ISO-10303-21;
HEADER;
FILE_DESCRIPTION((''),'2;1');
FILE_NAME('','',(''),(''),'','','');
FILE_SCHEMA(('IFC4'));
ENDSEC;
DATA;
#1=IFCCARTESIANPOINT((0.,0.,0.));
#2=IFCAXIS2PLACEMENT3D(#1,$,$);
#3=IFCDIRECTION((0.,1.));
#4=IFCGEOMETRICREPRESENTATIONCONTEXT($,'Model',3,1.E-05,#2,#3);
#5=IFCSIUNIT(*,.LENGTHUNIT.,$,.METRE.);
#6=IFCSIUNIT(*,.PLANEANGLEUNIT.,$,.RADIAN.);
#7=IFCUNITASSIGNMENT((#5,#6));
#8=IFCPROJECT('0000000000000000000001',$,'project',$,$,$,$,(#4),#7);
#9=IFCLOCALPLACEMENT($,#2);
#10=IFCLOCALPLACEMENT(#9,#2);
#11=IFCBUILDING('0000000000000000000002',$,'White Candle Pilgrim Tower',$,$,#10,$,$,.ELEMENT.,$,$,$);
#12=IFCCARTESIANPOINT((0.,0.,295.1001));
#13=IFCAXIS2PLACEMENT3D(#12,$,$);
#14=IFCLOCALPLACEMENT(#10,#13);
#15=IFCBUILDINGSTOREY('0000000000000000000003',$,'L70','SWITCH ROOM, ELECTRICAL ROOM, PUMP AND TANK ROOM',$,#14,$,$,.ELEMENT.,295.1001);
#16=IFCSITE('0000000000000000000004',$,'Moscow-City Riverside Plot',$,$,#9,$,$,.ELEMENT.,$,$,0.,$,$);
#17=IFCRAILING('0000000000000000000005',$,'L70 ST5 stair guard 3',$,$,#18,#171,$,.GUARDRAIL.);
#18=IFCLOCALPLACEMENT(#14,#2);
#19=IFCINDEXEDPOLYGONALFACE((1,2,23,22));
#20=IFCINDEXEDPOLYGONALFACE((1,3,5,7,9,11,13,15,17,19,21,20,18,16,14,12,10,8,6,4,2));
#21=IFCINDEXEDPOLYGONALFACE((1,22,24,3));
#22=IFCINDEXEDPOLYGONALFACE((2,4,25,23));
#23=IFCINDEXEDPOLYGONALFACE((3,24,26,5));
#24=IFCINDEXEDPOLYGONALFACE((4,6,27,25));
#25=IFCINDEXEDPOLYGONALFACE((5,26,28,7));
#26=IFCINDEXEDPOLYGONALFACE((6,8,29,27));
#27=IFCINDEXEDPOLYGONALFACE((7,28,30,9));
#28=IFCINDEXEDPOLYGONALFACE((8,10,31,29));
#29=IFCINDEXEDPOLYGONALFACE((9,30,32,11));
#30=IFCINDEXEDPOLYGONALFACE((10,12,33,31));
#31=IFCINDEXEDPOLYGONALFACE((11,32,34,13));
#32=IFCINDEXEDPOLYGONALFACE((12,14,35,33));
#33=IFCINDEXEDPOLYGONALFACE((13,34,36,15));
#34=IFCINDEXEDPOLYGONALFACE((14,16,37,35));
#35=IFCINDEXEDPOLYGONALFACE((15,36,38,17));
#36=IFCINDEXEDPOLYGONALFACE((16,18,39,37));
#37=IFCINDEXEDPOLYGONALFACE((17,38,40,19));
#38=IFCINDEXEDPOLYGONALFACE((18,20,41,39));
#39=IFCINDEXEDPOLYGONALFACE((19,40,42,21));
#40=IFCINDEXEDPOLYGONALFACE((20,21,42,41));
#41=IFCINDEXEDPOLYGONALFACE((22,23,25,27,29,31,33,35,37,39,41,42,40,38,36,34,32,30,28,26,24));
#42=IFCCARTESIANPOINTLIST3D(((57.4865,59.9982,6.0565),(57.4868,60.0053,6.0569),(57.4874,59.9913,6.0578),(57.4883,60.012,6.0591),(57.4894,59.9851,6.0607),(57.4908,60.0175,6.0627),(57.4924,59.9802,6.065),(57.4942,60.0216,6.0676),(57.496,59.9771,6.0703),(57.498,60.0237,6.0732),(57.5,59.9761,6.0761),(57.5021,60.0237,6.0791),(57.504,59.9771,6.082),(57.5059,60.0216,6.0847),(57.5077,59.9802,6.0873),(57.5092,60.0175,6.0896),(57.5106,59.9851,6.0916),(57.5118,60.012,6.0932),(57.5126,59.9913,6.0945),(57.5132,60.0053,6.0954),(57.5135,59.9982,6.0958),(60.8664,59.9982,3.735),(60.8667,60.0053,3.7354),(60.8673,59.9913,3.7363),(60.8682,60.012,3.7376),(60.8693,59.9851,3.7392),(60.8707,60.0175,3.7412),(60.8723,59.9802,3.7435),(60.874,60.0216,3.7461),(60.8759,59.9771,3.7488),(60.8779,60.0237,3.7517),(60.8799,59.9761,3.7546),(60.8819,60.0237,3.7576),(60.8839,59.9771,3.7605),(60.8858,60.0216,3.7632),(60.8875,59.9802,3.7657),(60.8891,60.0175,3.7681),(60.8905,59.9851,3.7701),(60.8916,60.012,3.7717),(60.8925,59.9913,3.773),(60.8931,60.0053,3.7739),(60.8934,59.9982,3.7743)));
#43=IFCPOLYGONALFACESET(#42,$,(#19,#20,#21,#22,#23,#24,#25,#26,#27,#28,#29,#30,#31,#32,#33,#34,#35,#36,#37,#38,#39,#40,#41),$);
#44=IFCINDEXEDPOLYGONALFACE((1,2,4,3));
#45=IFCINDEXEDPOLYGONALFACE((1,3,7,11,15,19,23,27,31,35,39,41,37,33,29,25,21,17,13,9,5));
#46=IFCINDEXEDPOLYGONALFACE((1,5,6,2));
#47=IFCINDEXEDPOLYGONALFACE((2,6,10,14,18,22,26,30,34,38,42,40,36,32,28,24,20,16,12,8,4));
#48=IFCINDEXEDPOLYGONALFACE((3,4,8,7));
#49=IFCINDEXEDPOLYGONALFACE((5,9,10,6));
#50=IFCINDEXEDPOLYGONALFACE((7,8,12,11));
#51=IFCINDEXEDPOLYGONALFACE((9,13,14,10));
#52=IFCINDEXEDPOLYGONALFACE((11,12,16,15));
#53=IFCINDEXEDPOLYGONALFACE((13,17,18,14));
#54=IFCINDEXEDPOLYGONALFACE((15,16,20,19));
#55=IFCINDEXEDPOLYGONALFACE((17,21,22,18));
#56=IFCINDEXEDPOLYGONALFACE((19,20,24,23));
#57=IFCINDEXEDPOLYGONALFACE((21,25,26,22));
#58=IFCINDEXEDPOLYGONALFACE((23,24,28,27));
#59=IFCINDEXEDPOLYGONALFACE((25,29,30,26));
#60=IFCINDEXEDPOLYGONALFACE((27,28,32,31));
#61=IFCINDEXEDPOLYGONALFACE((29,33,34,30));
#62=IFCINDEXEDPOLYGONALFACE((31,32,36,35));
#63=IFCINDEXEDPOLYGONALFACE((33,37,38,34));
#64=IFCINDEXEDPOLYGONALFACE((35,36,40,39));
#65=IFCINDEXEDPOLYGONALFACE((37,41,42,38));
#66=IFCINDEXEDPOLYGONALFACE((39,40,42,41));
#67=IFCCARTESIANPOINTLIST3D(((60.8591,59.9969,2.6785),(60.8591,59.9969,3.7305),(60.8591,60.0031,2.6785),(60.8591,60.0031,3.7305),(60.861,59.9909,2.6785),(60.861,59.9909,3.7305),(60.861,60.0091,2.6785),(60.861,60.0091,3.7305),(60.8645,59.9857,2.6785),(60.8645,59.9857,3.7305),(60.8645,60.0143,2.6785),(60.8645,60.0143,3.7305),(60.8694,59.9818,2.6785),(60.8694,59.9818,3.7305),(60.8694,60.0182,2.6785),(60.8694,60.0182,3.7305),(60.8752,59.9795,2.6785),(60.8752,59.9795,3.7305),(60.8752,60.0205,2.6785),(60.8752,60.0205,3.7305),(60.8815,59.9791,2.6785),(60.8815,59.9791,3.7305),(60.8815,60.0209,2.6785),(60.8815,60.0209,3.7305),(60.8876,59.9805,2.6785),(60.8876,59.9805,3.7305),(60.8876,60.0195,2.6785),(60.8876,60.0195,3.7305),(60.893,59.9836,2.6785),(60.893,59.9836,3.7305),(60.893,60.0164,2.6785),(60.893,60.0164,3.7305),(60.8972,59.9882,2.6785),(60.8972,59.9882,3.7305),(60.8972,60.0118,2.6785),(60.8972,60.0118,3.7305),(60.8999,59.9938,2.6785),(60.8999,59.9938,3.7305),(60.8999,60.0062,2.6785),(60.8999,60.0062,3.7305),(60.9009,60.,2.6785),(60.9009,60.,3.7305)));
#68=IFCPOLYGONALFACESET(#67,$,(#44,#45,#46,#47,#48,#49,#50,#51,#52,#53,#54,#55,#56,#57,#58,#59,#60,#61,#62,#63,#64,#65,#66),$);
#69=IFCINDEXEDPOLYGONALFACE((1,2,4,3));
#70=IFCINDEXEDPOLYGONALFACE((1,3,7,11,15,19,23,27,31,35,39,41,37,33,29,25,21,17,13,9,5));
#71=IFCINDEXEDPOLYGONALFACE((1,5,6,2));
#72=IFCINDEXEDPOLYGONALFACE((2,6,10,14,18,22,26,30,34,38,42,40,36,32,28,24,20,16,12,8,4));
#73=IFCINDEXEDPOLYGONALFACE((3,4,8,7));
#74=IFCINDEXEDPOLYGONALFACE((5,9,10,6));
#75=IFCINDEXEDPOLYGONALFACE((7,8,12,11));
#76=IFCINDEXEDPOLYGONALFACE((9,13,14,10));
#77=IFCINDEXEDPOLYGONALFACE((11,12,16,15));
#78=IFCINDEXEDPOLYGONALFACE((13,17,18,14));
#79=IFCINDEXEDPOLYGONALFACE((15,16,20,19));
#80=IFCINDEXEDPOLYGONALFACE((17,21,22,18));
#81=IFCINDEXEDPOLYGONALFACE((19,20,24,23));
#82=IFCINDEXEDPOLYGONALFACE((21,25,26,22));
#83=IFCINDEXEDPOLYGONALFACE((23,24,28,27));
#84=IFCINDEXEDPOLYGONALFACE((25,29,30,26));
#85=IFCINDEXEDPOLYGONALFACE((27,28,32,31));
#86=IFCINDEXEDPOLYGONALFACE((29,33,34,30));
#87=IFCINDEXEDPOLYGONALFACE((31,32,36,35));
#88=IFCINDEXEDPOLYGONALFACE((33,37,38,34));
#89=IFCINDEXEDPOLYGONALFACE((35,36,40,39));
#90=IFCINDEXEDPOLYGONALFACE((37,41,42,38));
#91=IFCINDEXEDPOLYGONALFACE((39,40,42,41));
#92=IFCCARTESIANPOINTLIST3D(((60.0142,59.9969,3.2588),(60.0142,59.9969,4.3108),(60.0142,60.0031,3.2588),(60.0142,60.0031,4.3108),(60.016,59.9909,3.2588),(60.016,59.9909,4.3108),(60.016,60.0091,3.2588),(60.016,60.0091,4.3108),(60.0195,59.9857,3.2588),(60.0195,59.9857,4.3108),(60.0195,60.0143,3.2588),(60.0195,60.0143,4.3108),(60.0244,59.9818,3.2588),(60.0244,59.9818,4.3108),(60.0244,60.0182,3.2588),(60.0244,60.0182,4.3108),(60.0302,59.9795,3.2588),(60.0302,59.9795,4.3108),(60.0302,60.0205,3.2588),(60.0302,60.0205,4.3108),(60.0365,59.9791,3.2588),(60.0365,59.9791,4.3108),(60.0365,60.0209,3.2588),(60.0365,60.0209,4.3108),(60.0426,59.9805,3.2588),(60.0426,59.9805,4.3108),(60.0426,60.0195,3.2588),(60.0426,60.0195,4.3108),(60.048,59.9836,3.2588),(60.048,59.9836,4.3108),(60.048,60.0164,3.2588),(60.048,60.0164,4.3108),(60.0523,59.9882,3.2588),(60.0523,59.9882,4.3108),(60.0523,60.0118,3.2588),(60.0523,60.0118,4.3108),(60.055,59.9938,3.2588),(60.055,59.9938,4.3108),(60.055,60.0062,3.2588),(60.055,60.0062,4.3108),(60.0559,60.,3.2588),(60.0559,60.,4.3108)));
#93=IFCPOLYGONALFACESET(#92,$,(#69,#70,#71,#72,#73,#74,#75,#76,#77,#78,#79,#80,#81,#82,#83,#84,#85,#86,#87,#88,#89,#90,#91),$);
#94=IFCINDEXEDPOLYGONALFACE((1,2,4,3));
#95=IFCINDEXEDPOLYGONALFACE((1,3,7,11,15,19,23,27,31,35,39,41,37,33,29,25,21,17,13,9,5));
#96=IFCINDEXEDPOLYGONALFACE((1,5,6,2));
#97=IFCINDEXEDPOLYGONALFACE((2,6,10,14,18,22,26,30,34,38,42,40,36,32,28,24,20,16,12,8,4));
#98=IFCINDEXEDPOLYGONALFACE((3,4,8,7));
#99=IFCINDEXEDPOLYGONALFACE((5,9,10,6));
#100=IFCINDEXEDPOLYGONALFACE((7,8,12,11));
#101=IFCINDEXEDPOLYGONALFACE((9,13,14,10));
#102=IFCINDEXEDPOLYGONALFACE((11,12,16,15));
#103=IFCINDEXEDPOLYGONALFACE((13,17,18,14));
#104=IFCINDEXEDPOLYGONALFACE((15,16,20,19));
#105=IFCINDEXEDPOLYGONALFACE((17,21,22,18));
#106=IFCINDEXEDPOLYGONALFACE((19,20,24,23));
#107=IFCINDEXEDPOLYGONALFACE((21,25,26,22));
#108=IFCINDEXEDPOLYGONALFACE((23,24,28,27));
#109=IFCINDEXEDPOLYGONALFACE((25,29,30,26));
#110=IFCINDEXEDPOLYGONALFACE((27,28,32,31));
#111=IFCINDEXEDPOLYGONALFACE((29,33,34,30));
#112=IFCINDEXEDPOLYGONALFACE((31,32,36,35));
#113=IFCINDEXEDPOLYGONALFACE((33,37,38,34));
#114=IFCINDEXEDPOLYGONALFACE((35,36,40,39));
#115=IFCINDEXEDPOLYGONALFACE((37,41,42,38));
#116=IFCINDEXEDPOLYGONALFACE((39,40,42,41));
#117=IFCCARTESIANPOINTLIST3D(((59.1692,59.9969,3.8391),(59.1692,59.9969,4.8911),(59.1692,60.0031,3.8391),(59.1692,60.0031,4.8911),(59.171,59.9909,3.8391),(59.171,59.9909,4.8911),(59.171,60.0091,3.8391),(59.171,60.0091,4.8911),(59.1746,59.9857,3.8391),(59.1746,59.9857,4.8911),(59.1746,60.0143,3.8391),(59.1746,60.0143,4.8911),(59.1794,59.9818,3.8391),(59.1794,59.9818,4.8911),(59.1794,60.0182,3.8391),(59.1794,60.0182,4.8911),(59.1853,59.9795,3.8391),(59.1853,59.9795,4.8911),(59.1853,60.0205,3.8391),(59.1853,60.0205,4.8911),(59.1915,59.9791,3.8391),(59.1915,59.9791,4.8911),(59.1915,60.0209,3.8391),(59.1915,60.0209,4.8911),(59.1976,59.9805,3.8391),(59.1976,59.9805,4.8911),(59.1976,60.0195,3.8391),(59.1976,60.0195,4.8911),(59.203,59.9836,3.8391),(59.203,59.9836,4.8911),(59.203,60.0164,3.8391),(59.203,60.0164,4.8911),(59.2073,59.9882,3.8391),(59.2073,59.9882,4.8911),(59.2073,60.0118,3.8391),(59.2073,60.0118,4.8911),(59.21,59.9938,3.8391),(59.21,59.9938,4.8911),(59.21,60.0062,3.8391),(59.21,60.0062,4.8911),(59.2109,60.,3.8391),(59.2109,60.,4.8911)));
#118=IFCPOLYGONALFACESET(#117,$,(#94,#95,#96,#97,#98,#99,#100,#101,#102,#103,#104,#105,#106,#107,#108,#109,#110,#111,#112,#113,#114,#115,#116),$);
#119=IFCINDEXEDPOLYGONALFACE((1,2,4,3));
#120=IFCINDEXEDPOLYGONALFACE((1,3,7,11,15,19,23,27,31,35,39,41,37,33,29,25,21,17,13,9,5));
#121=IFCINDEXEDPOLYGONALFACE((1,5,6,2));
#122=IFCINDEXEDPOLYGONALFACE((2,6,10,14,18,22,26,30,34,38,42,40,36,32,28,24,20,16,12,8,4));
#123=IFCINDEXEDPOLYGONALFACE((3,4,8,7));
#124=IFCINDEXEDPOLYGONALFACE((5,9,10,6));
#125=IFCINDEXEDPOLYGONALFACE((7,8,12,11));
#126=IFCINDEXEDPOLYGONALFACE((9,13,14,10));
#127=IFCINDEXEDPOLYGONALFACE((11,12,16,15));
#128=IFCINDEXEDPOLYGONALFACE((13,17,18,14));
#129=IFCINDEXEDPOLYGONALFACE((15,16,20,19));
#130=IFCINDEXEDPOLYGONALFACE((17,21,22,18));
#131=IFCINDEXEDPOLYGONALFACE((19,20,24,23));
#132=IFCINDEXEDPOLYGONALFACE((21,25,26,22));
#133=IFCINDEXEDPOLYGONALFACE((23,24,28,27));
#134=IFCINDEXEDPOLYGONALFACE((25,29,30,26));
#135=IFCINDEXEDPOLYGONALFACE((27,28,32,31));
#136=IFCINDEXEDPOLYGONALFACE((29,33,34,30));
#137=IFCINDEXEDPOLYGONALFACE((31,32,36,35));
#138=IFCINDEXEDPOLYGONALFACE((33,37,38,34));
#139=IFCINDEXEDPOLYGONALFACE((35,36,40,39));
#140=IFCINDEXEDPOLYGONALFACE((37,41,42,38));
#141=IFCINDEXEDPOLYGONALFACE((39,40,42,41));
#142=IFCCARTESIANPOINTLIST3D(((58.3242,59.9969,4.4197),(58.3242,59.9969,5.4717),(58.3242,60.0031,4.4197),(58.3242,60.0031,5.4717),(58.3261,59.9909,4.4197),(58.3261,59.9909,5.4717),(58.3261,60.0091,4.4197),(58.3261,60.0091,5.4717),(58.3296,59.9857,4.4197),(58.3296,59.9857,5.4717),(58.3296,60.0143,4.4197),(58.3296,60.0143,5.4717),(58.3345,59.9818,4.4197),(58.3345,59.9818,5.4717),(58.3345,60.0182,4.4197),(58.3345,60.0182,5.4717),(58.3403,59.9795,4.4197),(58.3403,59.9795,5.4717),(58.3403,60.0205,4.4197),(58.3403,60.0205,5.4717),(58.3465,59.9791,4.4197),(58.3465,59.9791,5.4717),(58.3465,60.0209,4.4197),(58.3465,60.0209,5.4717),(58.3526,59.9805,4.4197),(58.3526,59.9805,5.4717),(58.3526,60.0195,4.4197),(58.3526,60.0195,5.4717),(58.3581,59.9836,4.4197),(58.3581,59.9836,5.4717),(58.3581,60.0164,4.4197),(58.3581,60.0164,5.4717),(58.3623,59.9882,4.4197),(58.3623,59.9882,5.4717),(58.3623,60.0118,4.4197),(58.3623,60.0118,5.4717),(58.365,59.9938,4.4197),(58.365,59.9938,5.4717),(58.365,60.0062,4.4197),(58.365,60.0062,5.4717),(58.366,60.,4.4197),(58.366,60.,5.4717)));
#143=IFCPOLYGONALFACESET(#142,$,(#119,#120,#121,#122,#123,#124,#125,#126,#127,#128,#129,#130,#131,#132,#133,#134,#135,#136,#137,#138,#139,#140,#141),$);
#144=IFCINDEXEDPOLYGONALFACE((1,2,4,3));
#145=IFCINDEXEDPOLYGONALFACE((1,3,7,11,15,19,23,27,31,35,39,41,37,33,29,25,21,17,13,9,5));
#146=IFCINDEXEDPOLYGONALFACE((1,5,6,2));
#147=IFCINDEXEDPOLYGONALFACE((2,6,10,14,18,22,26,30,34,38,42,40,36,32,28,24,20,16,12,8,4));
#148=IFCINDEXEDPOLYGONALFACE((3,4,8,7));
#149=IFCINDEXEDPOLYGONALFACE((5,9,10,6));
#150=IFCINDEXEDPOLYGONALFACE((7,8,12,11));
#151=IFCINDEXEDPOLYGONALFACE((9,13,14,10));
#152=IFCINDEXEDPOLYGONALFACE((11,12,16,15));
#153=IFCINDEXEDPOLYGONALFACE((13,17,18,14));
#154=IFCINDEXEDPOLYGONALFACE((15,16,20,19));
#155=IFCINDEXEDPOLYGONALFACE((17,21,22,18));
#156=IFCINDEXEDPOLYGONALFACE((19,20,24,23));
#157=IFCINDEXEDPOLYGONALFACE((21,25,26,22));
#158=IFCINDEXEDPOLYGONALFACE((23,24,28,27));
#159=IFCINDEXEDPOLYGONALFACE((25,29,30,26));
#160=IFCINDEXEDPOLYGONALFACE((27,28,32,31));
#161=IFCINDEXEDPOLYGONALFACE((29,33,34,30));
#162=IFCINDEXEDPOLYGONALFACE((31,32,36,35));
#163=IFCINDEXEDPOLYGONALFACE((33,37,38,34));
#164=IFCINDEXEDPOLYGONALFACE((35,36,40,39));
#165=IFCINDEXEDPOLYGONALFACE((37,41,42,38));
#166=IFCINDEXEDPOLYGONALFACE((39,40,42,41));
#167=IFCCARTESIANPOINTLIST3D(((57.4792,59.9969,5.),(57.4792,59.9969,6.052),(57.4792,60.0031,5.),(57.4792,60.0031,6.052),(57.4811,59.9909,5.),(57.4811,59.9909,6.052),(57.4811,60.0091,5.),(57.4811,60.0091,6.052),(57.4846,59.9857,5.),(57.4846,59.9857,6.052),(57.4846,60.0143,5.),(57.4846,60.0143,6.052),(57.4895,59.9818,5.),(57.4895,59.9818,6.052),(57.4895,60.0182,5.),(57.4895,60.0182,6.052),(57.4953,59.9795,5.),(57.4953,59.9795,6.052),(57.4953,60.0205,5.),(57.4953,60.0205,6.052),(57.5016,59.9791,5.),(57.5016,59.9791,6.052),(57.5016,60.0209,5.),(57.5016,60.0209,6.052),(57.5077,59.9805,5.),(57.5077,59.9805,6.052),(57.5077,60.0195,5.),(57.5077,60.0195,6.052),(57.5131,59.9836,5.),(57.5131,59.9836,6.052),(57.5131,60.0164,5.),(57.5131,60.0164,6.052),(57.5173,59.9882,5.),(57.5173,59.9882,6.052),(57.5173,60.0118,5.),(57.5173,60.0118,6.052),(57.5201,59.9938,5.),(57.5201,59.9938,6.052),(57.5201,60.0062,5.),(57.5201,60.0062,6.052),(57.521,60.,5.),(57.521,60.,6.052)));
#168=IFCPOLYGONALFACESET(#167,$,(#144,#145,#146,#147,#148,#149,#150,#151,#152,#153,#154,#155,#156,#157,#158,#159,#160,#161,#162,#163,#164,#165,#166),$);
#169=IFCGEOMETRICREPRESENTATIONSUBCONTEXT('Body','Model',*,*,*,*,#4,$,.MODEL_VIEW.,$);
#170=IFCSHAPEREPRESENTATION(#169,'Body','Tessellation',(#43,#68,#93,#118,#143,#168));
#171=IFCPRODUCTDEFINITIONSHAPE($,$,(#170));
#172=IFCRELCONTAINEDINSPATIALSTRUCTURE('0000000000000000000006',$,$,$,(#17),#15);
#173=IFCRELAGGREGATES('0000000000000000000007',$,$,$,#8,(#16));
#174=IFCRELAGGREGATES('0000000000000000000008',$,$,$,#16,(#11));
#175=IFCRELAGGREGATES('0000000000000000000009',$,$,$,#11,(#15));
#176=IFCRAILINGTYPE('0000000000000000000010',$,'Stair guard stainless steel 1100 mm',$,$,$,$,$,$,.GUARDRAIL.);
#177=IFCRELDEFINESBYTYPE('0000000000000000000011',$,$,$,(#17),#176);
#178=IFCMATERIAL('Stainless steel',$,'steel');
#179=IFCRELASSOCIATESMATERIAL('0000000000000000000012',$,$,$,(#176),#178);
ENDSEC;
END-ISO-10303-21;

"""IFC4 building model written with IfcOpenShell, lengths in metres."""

from ifc_helpers import new_model, si_unit, direction, frame, origin, origin_2d, place, context, subcontext, project, spatial, circle, extrude, material, type_object, element, save


model = new_model("IFC4")

# Units and contexts
model_context = context("Model", 3, precision=1e-05, world=origin(), true_north=direction((0.0, 1.0)))
body_context = subcontext(model_context, "Body", "Model", "MODEL_VIEW")
ifc_project = project(units=[si_unit("LENGTHUNIT", "METRE"), si_unit("PLANEANGLEUNIT", "RADIAN")], contexts=[model_context])

# Site, building, storey
site_placement = place(None, origin())
site = spatial("IfcSite", under=ifc_project, at=site_placement, Name="Moscow-City Riverside Plot", CompositionType="ELEMENT", RefElevation=0.0)
building_placement = place(site_placement, origin())
building = spatial("IfcBuilding", under=site, at=building_placement, Name="White Candle Pilgrim Tower", CompositionType="ELEMENT")
storey_placement = place(building_placement, frame((0.0, 0.0, 295.1001)))
storey = spatial("IfcBuildingStorey", under=building, at=storey_placement, Name="L70", Description="SWITCH ROOM, ELECTRICAL ROOM, PUMP AND TANK ROOM", CompositionType="ELEMENT", Elevation=295.1001)

# Railing
ifc_material_1 = material(Name="Stainless steel", Category="steel")
railing_type_1 = type_object("IfcRailingType", Name="Stair guard stainless steel 1100 mm", PredefinedType="GUARDRAIL", material=ifc_material_1)
railing_1_placement = place(storey_placement, frame((60.8799, 60.0, 2.6785)))
element("IfcRailing", 1, at=railing_1_placement, inside=storey, type_object=railing_type_1, Name="L70 ST5 stair guard 3", PredefinedType="GUARDRAIL", context=body_context, shape_type="SweptSolid", body=[
    extrude(circle(Radius=0.0239, at=origin_2d()), frame((0.0, 0.0, 1.0762), z_axis=(-0.824285, 0.0, 0.566175), x_axis=(0.0, -1.0, 0.0)), (0.0, 0.0, 1.0), 4.1003),
    extrude(circle(Radius=0.021, at=origin_2d()), origin(), (0.0, 0.0, 1.0), 1.052),
    extrude(circle(Radius=0.021, at=origin_2d()), frame((-0.845, 0.0, 0.5803)), (0.0, 0.0, 1.0), 1.052),
    extrude(circle(Radius=0.021, at=origin_2d()), frame((-1.6899, 0.0, 1.1606)), (0.0, 0.0, 1.0), 1.052),
    extrude(circle(Radius=0.021, at=origin_2d()), frame((-2.5349, 0.0, 1.7412)), (0.0, 0.0, 1.0), 1.052),
    extrude(circle(Radius=0.021, at=origin_2d()), frame((-3.3799, 0.0, 2.3215)), (0.0, 0.0, 1.0), 1.052),
])

save(model, "model.ifc")
